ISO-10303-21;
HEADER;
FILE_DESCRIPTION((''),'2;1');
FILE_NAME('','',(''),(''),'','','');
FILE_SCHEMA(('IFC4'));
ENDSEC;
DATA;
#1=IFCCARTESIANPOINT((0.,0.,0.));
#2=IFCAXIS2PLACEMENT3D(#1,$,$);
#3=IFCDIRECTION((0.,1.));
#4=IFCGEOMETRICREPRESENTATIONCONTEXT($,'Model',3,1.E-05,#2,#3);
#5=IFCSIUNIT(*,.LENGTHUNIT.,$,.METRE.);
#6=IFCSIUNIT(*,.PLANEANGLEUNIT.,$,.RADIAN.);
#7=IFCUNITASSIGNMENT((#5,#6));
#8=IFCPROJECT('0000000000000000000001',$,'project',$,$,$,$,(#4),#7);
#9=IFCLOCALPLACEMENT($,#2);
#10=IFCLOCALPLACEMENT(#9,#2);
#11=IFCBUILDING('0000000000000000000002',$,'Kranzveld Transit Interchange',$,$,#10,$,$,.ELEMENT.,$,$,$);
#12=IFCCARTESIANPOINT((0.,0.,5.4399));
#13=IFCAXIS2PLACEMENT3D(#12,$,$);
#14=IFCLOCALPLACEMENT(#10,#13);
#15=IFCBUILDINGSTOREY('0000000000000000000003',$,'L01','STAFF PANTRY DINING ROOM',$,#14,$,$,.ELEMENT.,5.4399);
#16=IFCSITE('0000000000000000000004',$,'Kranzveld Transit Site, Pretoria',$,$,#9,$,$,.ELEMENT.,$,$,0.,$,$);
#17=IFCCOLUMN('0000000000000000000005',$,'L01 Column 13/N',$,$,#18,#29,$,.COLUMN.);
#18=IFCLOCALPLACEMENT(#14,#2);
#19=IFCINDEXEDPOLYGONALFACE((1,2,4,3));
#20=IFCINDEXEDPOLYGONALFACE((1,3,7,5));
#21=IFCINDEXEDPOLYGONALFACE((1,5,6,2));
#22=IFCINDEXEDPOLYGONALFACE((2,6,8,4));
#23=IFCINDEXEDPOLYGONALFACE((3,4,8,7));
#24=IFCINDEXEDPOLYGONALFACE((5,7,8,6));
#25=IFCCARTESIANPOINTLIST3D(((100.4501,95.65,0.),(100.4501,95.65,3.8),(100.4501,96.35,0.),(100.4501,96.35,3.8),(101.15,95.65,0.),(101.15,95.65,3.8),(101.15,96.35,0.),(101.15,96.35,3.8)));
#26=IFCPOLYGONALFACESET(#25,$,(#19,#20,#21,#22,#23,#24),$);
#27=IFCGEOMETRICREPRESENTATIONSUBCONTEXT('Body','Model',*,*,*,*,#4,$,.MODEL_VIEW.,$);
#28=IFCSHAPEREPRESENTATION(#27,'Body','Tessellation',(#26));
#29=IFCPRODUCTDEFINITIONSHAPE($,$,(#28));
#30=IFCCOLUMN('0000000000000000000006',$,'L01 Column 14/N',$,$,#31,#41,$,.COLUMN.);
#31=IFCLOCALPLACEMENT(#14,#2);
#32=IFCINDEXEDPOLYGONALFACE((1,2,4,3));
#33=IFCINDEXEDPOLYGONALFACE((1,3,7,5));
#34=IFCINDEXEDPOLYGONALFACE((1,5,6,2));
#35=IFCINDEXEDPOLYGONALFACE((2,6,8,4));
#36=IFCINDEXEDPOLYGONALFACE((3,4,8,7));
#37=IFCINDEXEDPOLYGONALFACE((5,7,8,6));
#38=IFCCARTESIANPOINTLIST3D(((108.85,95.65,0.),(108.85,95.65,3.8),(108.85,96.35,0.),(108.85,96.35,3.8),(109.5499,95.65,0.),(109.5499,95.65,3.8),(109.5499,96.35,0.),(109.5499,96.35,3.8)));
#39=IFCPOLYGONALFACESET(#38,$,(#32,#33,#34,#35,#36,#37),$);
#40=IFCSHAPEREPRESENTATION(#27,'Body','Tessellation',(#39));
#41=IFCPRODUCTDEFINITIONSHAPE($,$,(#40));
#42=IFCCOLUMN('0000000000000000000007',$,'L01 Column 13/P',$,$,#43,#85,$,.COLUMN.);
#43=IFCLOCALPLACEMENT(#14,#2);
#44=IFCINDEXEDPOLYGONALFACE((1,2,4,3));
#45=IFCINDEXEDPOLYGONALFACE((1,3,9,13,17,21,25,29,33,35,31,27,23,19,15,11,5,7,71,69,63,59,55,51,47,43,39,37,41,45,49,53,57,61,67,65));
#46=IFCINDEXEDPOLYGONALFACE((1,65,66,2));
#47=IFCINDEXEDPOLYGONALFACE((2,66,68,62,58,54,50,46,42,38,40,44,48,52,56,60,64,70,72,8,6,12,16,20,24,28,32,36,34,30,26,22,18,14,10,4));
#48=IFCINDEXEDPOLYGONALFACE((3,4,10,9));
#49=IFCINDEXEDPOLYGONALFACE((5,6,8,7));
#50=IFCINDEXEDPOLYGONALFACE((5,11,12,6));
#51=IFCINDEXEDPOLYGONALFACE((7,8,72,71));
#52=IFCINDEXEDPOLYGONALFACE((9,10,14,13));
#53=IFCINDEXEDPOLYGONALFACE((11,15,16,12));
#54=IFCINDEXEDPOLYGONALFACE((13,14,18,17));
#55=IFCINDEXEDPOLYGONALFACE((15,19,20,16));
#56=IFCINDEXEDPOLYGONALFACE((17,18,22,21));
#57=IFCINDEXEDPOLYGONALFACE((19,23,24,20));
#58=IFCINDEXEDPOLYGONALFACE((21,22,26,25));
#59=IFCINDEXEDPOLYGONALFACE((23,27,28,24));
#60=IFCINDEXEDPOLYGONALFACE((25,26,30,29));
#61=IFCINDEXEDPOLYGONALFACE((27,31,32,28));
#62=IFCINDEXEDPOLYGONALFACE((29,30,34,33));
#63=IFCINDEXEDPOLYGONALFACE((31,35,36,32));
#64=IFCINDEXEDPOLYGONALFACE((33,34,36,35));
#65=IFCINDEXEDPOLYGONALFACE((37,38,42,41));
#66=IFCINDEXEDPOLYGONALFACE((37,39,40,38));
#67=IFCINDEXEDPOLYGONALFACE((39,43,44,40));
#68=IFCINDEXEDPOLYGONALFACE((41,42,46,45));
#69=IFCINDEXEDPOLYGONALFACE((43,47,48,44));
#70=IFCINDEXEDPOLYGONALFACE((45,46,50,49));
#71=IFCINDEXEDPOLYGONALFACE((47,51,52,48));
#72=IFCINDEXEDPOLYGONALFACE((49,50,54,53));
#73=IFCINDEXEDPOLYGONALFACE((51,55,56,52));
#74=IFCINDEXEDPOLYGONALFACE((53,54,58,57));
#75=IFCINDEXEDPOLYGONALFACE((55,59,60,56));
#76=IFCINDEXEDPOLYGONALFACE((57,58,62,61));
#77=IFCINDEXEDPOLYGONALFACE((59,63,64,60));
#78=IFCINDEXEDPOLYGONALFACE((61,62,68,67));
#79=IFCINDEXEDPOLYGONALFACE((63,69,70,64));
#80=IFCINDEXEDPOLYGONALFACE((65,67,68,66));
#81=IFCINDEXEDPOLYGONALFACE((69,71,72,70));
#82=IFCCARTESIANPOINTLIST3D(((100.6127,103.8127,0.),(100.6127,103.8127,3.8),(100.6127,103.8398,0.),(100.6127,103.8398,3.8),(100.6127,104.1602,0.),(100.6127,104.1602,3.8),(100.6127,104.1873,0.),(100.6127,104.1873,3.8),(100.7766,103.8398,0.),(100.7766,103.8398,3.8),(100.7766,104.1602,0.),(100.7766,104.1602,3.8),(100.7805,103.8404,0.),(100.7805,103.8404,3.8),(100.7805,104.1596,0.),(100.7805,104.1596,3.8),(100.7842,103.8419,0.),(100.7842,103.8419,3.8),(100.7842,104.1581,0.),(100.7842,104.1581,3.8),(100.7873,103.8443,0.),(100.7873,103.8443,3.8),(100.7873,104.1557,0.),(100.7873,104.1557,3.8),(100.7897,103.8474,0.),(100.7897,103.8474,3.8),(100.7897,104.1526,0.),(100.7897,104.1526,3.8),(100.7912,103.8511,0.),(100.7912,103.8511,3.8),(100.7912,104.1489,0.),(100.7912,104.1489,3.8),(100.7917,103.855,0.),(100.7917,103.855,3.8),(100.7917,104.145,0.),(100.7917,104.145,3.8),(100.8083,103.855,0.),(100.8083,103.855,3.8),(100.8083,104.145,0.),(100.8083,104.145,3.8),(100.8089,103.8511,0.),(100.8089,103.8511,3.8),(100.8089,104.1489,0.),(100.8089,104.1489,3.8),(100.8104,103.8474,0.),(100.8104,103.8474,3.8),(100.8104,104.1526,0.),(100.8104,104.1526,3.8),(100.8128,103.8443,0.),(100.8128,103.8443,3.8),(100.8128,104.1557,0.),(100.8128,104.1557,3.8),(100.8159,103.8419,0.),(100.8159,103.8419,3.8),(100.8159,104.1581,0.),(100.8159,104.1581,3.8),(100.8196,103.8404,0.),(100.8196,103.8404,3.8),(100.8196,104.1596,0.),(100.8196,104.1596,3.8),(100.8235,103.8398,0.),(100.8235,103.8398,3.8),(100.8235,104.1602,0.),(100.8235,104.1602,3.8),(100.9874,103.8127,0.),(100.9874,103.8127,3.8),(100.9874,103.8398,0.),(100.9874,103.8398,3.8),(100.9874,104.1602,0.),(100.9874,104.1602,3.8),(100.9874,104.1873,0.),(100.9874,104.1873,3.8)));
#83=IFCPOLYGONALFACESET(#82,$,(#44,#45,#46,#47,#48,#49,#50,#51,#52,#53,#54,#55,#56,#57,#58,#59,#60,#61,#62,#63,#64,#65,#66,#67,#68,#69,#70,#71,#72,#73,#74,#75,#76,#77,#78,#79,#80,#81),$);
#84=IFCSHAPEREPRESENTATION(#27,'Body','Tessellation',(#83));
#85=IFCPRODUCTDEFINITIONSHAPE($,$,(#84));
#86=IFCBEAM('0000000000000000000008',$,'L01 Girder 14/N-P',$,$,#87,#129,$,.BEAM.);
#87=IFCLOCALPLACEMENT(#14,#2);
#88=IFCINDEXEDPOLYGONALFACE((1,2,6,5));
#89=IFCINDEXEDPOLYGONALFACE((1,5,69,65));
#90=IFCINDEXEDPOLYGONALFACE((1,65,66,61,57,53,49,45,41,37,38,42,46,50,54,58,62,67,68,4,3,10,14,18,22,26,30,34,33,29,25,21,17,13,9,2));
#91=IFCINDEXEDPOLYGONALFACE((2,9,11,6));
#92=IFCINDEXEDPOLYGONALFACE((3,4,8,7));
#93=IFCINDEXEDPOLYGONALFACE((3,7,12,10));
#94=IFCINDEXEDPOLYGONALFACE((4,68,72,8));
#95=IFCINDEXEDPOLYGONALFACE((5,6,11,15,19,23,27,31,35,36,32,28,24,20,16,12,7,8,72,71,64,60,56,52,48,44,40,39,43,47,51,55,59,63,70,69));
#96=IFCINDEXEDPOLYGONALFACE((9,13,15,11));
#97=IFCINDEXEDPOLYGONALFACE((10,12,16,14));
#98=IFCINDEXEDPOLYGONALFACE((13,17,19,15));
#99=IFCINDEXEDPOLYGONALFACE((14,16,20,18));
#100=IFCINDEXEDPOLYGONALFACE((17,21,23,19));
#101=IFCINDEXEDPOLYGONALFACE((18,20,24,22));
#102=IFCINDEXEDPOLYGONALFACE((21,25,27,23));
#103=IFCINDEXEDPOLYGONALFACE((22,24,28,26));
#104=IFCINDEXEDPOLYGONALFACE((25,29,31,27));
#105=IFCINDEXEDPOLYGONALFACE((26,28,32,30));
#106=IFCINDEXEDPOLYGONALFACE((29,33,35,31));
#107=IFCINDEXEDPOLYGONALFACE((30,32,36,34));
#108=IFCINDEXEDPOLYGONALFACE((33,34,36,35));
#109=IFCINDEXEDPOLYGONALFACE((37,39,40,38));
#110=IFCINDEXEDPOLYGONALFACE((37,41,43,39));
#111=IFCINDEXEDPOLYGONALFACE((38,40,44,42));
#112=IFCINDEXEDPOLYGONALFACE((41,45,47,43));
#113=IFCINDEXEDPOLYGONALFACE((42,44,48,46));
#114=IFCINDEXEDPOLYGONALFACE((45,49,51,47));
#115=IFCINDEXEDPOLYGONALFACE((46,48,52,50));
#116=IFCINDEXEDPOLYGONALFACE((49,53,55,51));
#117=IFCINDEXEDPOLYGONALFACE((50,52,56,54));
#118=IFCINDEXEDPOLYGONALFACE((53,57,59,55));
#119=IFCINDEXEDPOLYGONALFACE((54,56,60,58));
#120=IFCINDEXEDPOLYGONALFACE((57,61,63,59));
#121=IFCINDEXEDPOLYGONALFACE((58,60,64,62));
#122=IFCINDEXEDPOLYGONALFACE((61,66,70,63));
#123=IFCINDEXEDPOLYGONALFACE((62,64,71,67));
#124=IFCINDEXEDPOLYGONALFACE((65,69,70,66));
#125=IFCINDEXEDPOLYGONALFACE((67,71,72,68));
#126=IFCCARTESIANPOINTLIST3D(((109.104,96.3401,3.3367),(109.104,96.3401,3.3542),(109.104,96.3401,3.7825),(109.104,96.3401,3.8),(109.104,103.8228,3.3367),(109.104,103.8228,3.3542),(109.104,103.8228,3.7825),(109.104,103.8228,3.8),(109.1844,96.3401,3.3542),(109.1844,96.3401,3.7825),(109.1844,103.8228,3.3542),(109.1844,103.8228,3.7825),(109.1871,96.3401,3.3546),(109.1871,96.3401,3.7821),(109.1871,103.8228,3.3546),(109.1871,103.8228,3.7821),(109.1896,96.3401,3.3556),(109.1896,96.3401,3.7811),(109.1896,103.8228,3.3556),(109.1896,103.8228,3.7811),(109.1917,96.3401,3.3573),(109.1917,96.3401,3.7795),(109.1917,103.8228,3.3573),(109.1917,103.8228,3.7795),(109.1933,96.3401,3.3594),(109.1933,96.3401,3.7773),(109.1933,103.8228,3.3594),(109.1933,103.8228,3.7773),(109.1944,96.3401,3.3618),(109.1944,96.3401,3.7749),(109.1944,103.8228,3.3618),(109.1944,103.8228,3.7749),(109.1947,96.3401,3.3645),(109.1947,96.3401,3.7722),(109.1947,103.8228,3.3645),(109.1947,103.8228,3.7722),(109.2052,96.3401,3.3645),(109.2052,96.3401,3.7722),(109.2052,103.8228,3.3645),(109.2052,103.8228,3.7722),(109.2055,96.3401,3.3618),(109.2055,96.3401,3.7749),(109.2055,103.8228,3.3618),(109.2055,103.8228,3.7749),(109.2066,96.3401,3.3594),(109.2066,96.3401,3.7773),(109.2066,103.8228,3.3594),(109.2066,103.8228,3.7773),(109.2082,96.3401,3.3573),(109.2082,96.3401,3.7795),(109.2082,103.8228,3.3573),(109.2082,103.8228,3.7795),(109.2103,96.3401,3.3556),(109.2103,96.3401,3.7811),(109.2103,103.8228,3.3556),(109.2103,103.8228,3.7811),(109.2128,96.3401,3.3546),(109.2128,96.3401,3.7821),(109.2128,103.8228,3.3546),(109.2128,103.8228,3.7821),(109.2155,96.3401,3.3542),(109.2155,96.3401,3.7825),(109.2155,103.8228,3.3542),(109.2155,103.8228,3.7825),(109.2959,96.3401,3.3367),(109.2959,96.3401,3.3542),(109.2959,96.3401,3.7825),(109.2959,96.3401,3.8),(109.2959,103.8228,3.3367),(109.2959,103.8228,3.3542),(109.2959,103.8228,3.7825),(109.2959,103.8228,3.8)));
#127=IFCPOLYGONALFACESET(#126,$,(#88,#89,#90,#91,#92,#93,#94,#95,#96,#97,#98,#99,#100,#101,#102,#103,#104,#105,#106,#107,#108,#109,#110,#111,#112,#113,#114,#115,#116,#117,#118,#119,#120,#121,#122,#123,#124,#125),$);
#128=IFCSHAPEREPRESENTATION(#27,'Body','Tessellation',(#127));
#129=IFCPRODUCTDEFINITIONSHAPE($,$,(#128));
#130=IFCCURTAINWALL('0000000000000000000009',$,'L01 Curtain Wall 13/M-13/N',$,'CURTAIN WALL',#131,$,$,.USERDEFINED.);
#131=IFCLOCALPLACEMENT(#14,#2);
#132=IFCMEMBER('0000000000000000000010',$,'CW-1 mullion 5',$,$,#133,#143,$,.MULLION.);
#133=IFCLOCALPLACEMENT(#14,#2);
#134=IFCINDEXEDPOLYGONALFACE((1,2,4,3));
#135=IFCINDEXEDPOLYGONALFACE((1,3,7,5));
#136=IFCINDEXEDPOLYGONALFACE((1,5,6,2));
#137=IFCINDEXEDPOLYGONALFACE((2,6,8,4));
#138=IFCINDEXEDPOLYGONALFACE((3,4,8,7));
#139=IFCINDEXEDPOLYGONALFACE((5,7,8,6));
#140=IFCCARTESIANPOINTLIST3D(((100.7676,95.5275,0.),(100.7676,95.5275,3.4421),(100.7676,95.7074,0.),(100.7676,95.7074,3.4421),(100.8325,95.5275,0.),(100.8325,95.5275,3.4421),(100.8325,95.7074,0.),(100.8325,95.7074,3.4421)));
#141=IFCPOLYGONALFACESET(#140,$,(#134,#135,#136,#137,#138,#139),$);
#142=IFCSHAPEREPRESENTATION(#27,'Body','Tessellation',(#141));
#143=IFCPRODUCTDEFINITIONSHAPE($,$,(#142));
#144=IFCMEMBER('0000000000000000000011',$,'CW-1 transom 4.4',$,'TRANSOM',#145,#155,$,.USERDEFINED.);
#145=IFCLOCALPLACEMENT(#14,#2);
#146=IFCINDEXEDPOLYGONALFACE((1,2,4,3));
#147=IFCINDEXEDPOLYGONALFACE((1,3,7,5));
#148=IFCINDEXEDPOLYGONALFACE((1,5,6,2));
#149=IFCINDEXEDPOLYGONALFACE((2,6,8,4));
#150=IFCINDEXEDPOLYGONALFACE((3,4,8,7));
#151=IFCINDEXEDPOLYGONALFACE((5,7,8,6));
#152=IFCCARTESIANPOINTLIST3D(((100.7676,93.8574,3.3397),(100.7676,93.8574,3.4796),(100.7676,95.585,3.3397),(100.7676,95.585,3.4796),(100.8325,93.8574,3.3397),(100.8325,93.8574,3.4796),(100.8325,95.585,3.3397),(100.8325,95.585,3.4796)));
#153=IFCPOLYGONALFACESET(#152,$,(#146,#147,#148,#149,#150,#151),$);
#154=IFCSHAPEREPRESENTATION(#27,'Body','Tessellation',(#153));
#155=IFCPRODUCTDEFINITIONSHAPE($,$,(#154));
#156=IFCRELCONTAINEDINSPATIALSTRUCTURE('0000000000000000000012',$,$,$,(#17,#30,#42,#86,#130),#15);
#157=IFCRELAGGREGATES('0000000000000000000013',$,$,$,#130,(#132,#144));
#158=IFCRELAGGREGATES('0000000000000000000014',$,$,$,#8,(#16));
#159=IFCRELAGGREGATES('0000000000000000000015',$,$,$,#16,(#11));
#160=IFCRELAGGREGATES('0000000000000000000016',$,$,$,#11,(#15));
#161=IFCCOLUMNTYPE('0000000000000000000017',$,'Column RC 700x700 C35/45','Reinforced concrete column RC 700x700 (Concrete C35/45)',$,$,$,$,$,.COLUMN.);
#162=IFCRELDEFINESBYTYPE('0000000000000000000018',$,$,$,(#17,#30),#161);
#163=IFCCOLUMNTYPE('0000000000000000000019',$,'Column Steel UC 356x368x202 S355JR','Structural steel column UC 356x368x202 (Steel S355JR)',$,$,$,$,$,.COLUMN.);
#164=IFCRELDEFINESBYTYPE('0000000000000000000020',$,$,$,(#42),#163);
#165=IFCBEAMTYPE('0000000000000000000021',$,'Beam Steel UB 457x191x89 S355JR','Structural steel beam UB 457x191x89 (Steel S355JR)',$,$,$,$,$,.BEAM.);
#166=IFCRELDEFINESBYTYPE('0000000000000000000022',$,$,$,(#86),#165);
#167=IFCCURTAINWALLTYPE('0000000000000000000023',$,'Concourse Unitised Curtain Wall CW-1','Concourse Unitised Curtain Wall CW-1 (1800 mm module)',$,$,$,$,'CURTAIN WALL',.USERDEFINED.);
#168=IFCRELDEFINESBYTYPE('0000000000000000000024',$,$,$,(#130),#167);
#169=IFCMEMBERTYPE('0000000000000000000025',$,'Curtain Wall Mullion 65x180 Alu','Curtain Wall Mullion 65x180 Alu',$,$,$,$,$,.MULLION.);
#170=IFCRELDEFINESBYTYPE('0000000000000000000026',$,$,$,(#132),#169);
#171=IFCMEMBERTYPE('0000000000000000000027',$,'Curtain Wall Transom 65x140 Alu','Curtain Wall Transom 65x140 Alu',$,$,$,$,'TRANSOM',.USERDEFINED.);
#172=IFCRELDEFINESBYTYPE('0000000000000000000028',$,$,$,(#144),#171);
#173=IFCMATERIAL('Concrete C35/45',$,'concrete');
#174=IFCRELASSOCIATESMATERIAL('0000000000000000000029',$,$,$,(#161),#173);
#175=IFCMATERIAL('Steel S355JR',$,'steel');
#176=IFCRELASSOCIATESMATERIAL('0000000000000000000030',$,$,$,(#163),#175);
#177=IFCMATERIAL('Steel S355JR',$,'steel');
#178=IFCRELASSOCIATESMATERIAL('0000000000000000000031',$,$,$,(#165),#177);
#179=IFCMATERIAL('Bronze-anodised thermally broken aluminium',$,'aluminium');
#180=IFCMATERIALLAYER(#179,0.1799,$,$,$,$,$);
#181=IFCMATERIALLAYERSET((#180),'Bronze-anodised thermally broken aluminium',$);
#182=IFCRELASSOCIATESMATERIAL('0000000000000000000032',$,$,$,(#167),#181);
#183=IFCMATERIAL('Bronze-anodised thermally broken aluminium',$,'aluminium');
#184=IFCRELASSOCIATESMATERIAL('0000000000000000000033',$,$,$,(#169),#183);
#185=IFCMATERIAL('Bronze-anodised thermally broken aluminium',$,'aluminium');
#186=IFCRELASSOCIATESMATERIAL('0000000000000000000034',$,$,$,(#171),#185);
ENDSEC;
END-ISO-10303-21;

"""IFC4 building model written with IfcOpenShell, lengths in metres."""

from ifc_helpers import new_model, si_unit, direction, frame, origin, origin_2d, place, context, subcontext, project, spatial, rectangle, i_section, extrude, material, layer, layer_set, material_profile, profile_set, type_object, element, aggregate, save


model = new_model("IFC4")

# Units and contexts
model_context = context("Model", 3, precision=1e-05, world=origin(), true_north=direction((0.0, 1.0)))
body_context = subcontext(model_context, "Body", "Model", "MODEL_VIEW")
ifc_project = project(units=[si_unit("LENGTHUNIT", "METRE"), si_unit("PLANEANGLEUNIT", "RADIAN")], contexts=[model_context])

# Site, building, storey
site_placement = place(None, origin())
site = spatial("IfcSite", under=ifc_project, at=site_placement, Name="Kranzveld Transit Site, Pretoria", CompositionType="ELEMENT", RefElevation=0.0)
building_placement = place(site_placement, origin())
building = spatial("IfcBuilding", under=site, at=building_placement, Name="Kranzveld Transit Interchange", CompositionType="ELEMENT")
storey_placement = place(building_placement, frame((0.0, 0.0, 5.4399)))
storey = spatial("IfcBuildingStorey", under=building, at=storey_placement, Name="L01", Description="STAFF PANTRY DINING ROOM", CompositionType="ELEMENT", Elevation=5.4399)

# Columns
ifc_material_1 = material(Name="Concrete C35/45", Category="concrete")
ifc_material_profile_1 = material_profile(ifc_material_1, rectangle(XDim=0.7, YDim=0.7, at=origin_2d()), Name="RC 700x700")
ifc_profile_set_1 = profile_set([ifc_material_profile_1], Name="Concrete C35/45")
column_type_1 = type_object("IfcColumnType", Name="Column RC 700x700 C35/45", Description="Reinforced concrete column RC 700x700 (Concrete C35/45)", PredefinedType="COLUMN", material=ifc_profile_set_1)
for number, where, z_axis, x_axis, name in (
    (1, (100.8, 96.0, 0.0), (0.0, 0.0, 1.0), (1.0, 0.0, 0.0), "L01 Column 13/N"),
    (2, (109.2, 96.0, 0.0), (0.0, 0.0, 1.0), (1.0, 0.0, 0.0), "L01 Column 14/N"),
):
    element("IfcColumn", number, at=place(storey_placement, frame(where, z_axis=z_axis, x_axis=x_axis)), inside=storey, type_object=column_type_1, Name=name, PredefinedType="COLUMN", context=body_context, shape_type="SweptSolid", body=[
        extrude(rectangle(XDim=0.7, YDim=0.7, at=origin_2d()), origin(), (0.0, 0.0, 1.0), 3.8),
    ])
ifc_material_2 = material(Name="Steel S355JR", Category="steel")
ifc_material_profile_2 = material_profile(ifc_material_2, i_section(OverallWidth=0.3748, OverallDepth=0.3745, WebThickness=0.0166, FlangeThickness=0.0271, FilletRadius=0.0151, at=origin_2d()), Name="UC 356x368x202")
ifc_profile_set_2 = profile_set([ifc_material_profile_2], Name="Steel S355JR")
column_type_2 = type_object("IfcColumnType", Name="Column Steel UC 356x368x202 S355JR", Description="Structural steel column UC 356x368x202 (Steel S355JR)", PredefinedType="COLUMN", material=ifc_profile_set_2)
column_placement = place(storey_placement, frame((100.8, 104.0, 0.0), z_axis=(0.0, 0.0, 1.0), x_axis=(1.0, 0.0, 0.0)))
element("IfcColumn", 3, at=column_placement, inside=storey, type_object=column_type_2, Name="L01 Column 13/P", PredefinedType="COLUMN", context=body_context, shape_type="SweptSolid", body=[
    extrude(i_section(OverallWidth=0.3748, OverallDepth=0.3745, WebThickness=0.0166, FlangeThickness=0.0271, FilletRadius=0.0151, at=origin_2d()), origin(), (0.0, 0.0, 1.0), 3.8),
])

# Beam
ifc_material_3 = material(Name="Steel S355JR", Category="steel")
ifc_material_profile_3 = material_profile(ifc_material_3, i_section(OverallWidth=0.1919, OverallDepth=0.4634, WebThickness=0.0105, FlangeThickness=0.0176, FilletRadius=0.0103, at=origin_2d()), Name="UB 457x191x89")
ifc_profile_set_3 = profile_set([ifc_material_profile_3], Name="Steel S355JR")
beam_type_1 = type_object("IfcBeamType", Name="Beam Steel UB 457x191x89 S355JR", Description="Structural steel beam UB 457x191x89 (Steel S355JR)", PredefinedType="BEAM", material=ifc_profile_set_3)
beam_1_placement = place(storey_placement, frame((109.2, 96.3401, 3.5684), z_axis=(0.0, 1.0, 0.0), x_axis=(-1.0, 0.0, 0.0)))
element("IfcBeam", 4, at=beam_1_placement, inside=storey, type_object=beam_type_1, Name="L01 Girder 14/N-P", PredefinedType="BEAM", context=body_context, shape_type="SweptSolid", body=[
    extrude(i_section(OverallWidth=0.1919, OverallDepth=0.4634, WebThickness=0.0105, FlangeThickness=0.0176, FilletRadius=0.0103, at=origin_2d()), origin(), (0.0, 0.0, 1.0), 7.4827),
])

# Curtain wall, members
ifc_material_4 = material(Name="Bronze-anodised thermally broken aluminium", Category="aluminium")
ifc_layer_1 = layer(ifc_material_4, 0.1799)
ifc_layer_set_1 = layer_set([ifc_layer_1], Name="Bronze-anodised thermally broken aluminium")
curtain_wall_type = type_object("IfcCurtainWallType", Name="Concourse Unitised Curtain Wall CW-1", Description="Concourse Unitised Curtain Wall CW-1 (1800 mm module)", ElementType="CURTAIN WALL", PredefinedType="USERDEFINED", material=ifc_layer_set_1)
curtain_wall_placement = place(storey_placement, origin())
curtain_wall = element("IfcCurtainWall", 5, at=curtain_wall_placement, inside=storey, type_object=curtain_wall_type, Name="L01 Curtain Wall 13/M-13/N", ObjectType="CURTAIN WALL", PredefinedType="USERDEFINED")
ifc_material_5 = material(Name="Bronze-anodised thermally broken aluminium", Category="aluminium")
ifc_material_profile_4 = material_profile(ifc_material_5, rectangle(XDim=0.0649, YDim=0.1799, at=origin_2d()), Name="ALU MULLION 65x180")
ifc_profile_set_4 = profile_set([ifc_material_profile_4], Name="Bronze-anodised thermally broken aluminium")
member_type_1 = type_object("IfcMemberType", Name="Curtain Wall Mullion 65x180 Alu", Description="Curtain Wall Mullion 65x180 Alu", PredefinedType="MULLION", material=ifc_profile_set_4)
member_1_placement = place(storey_placement, frame((100.8, 95.6174, 0.0), z_axis=(0.0, 0.0, 1.0), x_axis=(-1.0, 0.0, 0.0)))
member_1 = element("IfcMember", 6, at=member_1_placement, type_object=member_type_1, Name="CW-1 mullion 5", PredefinedType="MULLION", context=body_context, shape_type="SweptSolid", body=[
    extrude(rectangle(XDim=0.0649, YDim=0.1799, at=origin_2d()), origin(), (0.0, 0.0, 1.0), 3.4421),
])
ifc_material_6 = material(Name="Bronze-anodised thermally broken aluminium", Category="aluminium")
ifc_material_profile_5 = material_profile(ifc_material_6, rectangle(XDim=0.0649, YDim=0.1399, at=origin_2d()), Name="ALU TRANSOM 65x140")
ifc_profile_set_5 = profile_set([ifc_material_profile_5], Name="Bronze-anodised thermally broken aluminium")
member_type_2 = type_object("IfcMemberType", Name="Curtain Wall Transom 65x140 Alu", Description="Curtain Wall Transom 65x140 Alu", ElementType="TRANSOM", PredefinedType="USERDEFINED", material=ifc_profile_set_5)
member_2_placement = place(storey_placement, frame((100.8, 93.8574, 3.4097), z_axis=(0.0, 1.0, 0.0), x_axis=(-1.0, 0.0, 0.0)))
member_2 = element("IfcMember", 7, at=member_2_placement, type_object=member_type_2, Name="CW-1 transom 4.4", ObjectType="TRANSOM", PredefinedType="USERDEFINED", context=body_context, shape_type="SweptSolid", body=[
    extrude(rectangle(XDim=0.0649, YDim=0.1399, at=origin_2d()), origin(), (0.0, 0.0, 1.0), 1.7275),
])

aggregate(curtain_wall, [member_1, member_2])

save(model, "model.ifc")
